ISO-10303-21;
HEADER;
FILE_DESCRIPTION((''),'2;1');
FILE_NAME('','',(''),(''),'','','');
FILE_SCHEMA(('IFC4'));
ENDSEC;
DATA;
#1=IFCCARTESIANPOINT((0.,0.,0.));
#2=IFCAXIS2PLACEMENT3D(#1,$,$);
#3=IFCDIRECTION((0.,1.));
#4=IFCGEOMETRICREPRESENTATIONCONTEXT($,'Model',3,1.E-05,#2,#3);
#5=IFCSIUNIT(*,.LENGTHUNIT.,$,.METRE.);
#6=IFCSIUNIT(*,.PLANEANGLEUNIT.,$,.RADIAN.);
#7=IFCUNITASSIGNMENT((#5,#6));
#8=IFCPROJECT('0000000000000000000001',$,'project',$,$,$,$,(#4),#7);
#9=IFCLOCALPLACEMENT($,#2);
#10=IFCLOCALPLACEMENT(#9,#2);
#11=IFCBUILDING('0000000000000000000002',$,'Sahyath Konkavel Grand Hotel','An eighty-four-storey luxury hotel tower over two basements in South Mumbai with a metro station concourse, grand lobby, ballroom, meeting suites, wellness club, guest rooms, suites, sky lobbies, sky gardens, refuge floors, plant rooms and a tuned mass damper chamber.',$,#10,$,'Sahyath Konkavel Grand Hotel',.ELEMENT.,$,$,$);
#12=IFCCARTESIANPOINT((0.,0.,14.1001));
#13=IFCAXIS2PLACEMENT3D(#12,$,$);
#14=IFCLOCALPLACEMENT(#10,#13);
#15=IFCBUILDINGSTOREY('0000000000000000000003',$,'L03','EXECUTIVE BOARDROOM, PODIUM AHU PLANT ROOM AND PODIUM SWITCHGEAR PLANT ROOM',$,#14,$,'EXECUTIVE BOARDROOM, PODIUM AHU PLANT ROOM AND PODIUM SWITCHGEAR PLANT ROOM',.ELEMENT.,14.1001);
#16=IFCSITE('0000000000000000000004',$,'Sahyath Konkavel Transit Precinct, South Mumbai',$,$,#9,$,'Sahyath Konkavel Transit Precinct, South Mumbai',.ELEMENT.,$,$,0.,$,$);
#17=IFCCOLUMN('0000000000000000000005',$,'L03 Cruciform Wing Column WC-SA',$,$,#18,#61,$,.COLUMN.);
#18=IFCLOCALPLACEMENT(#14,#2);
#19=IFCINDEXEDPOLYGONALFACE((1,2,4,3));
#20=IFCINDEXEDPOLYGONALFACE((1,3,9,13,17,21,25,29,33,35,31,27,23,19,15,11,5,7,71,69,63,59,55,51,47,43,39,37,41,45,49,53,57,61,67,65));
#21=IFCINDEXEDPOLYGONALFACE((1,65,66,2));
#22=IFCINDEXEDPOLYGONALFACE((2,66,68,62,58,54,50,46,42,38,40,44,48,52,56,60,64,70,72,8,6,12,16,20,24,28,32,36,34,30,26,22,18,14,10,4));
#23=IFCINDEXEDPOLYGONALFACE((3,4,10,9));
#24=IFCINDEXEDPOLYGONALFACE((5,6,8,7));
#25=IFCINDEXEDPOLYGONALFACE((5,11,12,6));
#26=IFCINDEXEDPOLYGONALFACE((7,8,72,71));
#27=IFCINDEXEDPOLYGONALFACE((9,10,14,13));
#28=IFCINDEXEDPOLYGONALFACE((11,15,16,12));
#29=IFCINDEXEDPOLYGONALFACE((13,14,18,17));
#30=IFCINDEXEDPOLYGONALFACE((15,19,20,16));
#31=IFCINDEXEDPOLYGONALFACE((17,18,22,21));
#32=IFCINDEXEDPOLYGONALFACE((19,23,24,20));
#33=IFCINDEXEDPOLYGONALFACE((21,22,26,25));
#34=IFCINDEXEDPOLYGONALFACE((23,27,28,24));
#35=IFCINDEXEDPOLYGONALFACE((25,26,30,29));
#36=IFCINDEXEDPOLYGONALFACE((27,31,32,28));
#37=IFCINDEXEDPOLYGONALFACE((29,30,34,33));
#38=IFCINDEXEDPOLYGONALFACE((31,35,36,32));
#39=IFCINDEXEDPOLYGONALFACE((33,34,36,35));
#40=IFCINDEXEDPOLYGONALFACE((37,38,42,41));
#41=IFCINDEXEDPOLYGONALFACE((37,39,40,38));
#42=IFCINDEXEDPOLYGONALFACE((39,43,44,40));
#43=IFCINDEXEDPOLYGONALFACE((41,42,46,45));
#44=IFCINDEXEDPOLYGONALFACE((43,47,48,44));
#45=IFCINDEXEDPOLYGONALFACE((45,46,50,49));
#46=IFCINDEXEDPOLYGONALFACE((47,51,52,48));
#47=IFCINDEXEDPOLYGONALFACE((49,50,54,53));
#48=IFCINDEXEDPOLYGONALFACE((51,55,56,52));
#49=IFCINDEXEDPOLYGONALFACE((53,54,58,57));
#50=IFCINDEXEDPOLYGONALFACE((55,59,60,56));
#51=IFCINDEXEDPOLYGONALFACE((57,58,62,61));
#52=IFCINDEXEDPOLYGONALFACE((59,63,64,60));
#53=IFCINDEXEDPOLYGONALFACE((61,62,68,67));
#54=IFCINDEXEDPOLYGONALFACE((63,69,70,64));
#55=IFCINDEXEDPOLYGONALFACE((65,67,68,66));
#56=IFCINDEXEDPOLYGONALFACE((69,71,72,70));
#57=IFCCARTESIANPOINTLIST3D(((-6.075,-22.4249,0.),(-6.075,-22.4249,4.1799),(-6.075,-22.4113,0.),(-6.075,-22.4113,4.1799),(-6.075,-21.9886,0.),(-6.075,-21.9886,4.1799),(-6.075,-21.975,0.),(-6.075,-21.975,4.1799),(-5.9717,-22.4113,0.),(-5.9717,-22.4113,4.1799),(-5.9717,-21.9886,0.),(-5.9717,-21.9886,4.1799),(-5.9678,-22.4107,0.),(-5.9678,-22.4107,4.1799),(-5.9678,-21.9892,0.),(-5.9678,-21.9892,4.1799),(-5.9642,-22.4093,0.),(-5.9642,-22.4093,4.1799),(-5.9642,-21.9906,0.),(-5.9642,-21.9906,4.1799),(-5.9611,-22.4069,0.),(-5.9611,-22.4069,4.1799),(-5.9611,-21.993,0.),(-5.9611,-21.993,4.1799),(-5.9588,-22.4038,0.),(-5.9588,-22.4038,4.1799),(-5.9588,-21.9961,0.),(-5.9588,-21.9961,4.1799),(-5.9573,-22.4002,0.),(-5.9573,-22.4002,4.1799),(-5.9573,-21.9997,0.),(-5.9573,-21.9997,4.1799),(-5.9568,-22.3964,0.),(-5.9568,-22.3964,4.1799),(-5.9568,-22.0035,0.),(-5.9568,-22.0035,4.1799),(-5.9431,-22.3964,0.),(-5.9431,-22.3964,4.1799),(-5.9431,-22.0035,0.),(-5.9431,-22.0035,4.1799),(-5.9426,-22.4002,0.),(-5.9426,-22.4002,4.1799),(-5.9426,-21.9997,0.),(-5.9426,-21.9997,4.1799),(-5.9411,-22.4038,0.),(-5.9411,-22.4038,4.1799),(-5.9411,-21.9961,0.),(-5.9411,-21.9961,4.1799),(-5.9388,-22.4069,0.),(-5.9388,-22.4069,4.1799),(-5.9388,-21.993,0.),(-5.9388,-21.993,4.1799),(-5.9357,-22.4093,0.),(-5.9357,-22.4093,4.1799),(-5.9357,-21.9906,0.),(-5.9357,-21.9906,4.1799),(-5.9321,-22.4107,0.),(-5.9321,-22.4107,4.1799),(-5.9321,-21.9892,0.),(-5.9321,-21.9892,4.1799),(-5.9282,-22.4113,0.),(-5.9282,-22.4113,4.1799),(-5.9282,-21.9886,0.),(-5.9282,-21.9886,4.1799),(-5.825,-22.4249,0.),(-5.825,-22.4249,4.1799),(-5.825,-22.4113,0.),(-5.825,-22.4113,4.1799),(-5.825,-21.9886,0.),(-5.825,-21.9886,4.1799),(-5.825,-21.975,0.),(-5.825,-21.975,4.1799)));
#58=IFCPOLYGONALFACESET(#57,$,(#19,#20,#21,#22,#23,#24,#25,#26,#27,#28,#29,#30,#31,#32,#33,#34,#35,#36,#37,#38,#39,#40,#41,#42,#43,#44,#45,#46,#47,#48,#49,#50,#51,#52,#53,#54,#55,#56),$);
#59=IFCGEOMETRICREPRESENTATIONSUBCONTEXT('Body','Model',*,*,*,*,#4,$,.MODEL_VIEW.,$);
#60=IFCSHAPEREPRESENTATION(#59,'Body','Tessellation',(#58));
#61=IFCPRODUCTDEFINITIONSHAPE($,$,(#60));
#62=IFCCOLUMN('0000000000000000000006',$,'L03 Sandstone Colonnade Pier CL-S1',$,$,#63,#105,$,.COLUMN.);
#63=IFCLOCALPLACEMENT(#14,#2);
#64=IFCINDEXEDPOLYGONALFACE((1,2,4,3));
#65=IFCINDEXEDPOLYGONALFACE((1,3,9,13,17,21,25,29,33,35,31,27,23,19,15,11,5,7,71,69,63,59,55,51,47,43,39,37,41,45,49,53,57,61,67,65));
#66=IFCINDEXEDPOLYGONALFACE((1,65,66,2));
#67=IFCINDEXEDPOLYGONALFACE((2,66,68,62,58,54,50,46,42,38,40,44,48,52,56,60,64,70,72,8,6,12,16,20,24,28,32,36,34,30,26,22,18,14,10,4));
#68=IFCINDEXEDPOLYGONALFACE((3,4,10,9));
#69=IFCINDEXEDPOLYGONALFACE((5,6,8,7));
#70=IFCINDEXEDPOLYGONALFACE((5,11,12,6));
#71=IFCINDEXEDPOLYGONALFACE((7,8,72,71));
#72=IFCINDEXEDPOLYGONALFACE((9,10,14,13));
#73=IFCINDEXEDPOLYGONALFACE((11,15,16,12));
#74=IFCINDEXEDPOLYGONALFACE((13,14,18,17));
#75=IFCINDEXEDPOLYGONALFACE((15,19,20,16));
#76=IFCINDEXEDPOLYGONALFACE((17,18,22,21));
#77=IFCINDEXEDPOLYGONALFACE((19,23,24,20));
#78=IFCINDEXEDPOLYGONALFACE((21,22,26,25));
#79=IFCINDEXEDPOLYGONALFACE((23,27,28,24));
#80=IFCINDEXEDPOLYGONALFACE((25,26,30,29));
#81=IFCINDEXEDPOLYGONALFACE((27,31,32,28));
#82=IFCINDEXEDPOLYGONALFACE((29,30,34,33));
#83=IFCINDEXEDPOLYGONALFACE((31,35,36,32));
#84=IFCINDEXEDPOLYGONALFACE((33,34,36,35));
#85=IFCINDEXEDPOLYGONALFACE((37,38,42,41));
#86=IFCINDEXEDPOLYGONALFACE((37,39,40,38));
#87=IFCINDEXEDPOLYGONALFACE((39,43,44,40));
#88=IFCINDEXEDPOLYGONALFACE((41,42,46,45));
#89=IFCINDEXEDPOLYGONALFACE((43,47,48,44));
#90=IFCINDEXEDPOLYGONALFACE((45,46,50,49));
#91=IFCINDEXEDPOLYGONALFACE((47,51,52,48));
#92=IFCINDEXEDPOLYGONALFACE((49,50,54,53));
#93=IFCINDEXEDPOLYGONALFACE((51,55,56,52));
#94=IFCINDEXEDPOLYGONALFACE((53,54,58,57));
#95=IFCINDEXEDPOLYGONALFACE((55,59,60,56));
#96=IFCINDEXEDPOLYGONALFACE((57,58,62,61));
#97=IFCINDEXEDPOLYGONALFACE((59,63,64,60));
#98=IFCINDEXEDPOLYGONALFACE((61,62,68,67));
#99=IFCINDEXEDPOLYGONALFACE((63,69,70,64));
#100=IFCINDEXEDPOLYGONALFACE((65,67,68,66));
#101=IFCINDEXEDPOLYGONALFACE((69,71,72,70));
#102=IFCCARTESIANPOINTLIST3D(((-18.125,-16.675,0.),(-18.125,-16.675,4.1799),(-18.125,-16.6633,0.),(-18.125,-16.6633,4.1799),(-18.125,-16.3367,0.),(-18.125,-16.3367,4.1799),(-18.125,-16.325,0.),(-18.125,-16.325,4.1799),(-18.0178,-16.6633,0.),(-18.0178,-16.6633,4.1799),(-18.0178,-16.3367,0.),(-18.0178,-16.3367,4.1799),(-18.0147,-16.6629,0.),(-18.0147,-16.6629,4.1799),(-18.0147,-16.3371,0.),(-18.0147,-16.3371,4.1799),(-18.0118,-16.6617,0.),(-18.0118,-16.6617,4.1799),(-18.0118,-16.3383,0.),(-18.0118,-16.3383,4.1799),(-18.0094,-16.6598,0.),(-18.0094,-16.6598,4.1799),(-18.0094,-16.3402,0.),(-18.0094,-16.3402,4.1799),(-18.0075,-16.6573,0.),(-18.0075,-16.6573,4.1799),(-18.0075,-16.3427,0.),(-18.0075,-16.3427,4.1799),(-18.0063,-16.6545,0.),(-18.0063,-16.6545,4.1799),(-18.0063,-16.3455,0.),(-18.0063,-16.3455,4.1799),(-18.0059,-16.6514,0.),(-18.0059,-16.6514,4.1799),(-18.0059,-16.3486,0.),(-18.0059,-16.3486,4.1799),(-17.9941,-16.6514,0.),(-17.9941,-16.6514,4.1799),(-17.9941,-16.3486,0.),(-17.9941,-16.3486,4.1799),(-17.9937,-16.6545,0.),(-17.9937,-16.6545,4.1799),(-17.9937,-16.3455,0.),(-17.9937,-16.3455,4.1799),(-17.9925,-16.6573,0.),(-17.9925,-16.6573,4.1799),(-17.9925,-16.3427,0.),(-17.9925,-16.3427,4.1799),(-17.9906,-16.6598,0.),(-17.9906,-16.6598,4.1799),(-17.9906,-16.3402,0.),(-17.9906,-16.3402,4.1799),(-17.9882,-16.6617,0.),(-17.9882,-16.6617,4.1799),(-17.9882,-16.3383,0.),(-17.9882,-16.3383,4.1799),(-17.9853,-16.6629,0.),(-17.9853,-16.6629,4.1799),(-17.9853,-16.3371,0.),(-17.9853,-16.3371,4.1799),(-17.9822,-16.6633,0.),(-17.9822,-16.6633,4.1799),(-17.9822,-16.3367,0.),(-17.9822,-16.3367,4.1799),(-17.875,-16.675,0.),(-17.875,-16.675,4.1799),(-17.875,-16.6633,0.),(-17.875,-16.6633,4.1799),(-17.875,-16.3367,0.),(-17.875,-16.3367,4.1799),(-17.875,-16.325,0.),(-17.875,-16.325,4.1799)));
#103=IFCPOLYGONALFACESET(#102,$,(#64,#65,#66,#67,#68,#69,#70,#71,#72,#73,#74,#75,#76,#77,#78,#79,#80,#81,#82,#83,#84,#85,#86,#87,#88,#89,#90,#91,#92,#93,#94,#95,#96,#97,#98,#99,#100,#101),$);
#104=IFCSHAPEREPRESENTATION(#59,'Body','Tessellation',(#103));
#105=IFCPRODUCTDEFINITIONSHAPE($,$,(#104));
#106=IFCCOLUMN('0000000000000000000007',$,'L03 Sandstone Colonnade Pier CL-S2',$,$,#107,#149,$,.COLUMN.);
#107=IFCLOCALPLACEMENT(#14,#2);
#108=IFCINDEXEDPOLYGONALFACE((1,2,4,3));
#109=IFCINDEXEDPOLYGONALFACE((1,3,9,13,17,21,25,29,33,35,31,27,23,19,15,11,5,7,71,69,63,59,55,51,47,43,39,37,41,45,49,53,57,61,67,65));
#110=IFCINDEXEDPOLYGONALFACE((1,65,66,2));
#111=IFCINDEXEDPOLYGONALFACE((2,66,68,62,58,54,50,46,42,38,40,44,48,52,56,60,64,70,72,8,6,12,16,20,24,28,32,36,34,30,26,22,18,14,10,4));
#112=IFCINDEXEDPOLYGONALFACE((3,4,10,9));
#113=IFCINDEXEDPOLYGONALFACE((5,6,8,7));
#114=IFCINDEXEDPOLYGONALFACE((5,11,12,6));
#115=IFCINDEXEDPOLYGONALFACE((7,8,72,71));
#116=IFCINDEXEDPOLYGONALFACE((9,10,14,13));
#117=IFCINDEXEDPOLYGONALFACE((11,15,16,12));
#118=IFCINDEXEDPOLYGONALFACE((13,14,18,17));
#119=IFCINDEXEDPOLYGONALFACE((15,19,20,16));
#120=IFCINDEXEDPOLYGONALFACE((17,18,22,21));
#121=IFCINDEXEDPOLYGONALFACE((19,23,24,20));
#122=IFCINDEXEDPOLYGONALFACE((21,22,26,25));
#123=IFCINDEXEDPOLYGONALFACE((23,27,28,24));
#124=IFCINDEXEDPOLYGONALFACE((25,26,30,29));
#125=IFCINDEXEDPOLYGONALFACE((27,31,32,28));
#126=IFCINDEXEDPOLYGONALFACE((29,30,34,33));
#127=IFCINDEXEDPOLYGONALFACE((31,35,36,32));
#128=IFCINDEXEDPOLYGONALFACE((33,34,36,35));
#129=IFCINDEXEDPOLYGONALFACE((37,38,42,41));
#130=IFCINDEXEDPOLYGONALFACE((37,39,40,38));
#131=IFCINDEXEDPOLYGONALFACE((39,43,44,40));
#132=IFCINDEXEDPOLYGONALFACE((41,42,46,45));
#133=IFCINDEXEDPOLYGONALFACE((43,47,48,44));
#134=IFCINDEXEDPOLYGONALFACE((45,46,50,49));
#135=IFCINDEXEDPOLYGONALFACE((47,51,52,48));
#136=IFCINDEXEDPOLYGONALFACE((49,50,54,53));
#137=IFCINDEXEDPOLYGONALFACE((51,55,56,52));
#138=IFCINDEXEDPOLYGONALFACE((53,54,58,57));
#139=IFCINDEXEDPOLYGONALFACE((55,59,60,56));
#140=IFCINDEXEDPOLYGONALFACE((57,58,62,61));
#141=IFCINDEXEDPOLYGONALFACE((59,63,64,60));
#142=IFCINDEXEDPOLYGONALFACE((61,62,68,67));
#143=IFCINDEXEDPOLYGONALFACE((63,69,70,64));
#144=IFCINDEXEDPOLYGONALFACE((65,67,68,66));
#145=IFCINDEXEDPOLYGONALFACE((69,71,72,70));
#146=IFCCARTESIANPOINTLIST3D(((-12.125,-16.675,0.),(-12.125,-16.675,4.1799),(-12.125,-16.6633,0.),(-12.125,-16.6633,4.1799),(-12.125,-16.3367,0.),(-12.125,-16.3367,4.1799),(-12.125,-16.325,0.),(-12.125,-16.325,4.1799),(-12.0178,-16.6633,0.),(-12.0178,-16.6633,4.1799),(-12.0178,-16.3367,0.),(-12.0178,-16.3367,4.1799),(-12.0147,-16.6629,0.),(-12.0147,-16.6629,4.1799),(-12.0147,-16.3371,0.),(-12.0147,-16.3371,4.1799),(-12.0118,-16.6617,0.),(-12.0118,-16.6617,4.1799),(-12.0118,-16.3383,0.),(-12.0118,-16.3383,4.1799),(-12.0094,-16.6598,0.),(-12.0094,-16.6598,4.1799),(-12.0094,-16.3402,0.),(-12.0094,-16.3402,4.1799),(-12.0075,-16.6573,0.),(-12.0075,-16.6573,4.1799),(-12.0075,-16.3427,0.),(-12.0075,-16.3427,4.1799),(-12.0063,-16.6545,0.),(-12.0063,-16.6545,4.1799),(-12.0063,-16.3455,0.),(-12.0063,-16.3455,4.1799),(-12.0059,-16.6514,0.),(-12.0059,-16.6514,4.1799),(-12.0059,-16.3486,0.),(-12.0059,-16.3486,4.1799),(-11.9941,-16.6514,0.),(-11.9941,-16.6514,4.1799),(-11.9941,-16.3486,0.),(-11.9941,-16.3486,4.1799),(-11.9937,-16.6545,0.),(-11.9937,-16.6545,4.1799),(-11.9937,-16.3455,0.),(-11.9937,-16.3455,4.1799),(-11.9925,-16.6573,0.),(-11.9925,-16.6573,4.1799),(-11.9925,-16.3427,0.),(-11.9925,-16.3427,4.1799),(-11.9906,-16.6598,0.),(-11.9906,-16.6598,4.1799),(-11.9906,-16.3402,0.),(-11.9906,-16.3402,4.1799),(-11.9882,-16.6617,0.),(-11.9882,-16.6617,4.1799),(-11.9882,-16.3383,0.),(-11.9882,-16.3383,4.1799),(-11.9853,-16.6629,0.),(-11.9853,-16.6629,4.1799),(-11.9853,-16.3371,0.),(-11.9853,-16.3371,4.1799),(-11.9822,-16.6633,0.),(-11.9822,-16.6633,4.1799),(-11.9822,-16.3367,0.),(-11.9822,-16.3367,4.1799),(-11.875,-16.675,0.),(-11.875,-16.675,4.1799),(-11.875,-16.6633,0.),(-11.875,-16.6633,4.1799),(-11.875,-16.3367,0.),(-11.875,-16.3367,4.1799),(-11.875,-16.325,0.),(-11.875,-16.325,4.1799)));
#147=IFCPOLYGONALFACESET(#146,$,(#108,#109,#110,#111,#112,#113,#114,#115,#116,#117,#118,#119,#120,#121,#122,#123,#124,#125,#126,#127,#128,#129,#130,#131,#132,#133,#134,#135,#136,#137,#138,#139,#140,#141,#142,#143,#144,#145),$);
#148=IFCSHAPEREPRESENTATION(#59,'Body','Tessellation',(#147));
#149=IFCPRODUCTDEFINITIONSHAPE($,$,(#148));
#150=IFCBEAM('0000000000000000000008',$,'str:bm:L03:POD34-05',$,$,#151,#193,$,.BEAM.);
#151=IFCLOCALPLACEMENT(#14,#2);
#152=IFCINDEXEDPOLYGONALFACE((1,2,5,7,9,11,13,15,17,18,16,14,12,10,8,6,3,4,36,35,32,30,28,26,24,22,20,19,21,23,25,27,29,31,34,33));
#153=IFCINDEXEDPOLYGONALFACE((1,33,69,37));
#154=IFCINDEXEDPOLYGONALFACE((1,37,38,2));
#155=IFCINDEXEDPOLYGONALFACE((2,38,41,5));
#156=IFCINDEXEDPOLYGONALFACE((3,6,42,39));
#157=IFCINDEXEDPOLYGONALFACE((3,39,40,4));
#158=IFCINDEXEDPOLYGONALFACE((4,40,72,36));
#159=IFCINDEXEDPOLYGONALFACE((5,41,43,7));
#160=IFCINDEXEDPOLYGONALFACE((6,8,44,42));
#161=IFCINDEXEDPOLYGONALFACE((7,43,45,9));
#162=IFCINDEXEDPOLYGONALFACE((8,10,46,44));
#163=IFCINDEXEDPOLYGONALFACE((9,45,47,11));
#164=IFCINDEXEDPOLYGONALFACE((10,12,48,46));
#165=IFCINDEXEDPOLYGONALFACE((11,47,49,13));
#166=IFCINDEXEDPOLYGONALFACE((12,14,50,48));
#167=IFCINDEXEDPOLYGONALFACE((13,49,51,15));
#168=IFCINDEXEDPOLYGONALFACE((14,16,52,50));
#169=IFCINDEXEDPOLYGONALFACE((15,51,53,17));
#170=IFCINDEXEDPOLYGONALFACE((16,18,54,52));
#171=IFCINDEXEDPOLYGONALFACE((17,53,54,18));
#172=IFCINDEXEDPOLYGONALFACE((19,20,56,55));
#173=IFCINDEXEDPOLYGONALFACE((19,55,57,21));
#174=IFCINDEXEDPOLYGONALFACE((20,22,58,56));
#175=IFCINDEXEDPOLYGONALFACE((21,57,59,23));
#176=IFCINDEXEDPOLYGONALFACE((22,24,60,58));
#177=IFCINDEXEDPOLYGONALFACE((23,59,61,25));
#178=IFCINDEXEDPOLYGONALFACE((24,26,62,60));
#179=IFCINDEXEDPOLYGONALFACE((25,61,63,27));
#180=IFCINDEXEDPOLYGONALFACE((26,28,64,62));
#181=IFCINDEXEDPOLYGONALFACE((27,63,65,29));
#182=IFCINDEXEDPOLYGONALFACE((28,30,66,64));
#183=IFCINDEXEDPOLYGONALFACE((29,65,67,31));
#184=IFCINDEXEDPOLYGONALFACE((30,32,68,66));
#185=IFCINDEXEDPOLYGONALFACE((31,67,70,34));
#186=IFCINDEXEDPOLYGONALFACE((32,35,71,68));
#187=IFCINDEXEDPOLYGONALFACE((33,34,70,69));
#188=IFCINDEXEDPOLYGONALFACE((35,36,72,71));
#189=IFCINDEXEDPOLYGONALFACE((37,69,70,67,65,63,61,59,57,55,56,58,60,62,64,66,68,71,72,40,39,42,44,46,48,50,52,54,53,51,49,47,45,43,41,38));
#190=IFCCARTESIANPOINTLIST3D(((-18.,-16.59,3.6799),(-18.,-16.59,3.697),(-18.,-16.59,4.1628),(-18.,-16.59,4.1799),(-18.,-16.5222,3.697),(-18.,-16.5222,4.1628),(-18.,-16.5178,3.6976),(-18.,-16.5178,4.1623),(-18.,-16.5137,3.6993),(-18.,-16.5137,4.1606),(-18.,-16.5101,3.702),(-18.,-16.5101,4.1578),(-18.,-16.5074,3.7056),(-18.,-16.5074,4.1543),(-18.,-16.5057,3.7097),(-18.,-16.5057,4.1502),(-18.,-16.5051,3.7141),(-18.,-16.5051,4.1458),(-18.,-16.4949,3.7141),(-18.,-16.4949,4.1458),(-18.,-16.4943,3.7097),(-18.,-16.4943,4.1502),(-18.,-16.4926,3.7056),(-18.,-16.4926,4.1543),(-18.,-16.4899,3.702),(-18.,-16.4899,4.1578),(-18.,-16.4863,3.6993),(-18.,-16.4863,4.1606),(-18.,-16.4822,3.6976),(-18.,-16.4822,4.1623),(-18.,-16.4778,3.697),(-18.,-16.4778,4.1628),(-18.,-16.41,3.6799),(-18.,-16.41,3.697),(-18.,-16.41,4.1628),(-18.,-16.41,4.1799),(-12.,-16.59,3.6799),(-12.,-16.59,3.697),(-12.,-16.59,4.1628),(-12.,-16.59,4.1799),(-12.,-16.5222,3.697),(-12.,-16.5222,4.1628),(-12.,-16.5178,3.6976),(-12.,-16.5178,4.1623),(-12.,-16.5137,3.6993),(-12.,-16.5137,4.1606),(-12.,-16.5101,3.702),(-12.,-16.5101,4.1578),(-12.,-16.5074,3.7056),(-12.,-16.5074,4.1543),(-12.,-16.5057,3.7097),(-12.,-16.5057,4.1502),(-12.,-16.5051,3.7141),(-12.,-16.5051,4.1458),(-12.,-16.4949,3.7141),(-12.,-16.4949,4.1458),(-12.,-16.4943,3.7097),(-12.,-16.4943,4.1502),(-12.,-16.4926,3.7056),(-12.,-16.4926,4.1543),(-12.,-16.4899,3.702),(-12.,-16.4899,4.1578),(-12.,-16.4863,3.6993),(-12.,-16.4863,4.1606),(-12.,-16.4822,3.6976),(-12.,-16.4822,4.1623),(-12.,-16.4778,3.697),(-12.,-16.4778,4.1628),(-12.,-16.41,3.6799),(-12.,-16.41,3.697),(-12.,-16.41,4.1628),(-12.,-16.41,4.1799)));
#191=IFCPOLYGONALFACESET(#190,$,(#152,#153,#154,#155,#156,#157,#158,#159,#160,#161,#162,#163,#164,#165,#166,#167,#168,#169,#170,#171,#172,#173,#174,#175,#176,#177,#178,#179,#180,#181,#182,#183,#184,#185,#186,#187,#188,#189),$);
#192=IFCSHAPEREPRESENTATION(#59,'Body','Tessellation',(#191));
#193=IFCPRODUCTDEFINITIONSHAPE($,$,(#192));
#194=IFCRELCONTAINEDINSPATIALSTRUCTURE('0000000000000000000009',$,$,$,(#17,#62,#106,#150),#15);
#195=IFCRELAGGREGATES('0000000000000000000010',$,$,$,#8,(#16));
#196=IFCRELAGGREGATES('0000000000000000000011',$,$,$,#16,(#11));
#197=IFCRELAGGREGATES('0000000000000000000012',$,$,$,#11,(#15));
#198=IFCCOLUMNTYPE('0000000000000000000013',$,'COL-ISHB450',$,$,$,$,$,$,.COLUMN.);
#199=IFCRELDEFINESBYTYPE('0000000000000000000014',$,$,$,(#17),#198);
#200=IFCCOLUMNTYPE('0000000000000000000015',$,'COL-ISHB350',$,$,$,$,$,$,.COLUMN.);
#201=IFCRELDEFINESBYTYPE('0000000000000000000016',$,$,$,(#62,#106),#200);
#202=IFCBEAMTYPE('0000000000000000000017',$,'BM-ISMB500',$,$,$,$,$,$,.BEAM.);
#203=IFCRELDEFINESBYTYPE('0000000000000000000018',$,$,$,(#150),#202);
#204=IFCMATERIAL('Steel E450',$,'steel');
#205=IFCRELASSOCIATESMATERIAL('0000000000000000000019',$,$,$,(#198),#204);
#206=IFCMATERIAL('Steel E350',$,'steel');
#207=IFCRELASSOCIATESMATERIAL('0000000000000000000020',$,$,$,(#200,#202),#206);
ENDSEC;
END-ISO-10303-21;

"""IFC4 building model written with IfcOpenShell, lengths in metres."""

from ifc_helpers import new_model, si_unit, direction, frame, origin, origin_2d, place, context, subcontext, project, spatial, i_section, extrude, source, transform, mapped, material, material_profile, profile_set, type_object, element, save


model = new_model("IFC4")

# Units and contexts
model_context = context("Model", 3, precision=1e-05, world=origin(), true_north=direction((0.0, 1.0)))
body_context = subcontext(model_context, "Body", "Model", "MODEL_VIEW")
ifc_project = project(units=[si_unit("LENGTHUNIT", "METRE"), si_unit("PLANEANGLEUNIT", "RADIAN")], contexts=[model_context])

# Site, building, storey
site_placement = place(None, origin())
site = spatial("IfcSite", under=ifc_project, at=site_placement, Name="Sahyath Konkavel Transit Precinct, South Mumbai", LongName="Sahyath Konkavel Transit Precinct, South Mumbai", CompositionType="ELEMENT", RefElevation=0.0)
building_placement = place(site_placement, origin())
building = spatial("IfcBuilding", under=site, at=building_placement, Name="Sahyath Konkavel Grand Hotel", Description="An eighty-four-storey luxury hotel tower over two basements in South Mumbai with a metro station concourse, grand lobby, ballroom, meeting suites, wellness club, guest rooms, suites, sky lobbies, sky gardens, refuge floors, plant rooms and a tuned mass damper chamber.", LongName="Sahyath Konkavel Grand Hotel", CompositionType="ELEMENT")
storey_placement = place(building_placement, frame((0.0, 0.0, 14.1001)))
storey = spatial("IfcBuildingStorey", under=building, at=storey_placement, Name="L03", Description="EXECUTIVE BOARDROOM, PODIUM AHU PLANT ROOM AND PODIUM SWITCHGEAR PLANT ROOM", LongName="EXECUTIVE BOARDROOM, PODIUM AHU PLANT ROOM AND PODIUM SWITCHGEAR PLANT ROOM", CompositionType="ELEMENT", Elevation=14.1001)

# Columns
ifc_material_1 = material(Name="Steel E450", Category="steel")
ifc_material_profile_1 = material_profile(ifc_material_1, i_section(OverallWidth=0.25, OverallDepth=0.45, WebThickness=0.0137, FlangeThickness=0.0137, FilletRadius=0.0149, at=origin_2d()), Name="ISHB 450")
ifc_profile_set_1 = profile_set([ifc_material_profile_1], Name="Steel E450")
column_type_1 = type_object("IfcColumnType", Name="COL-ISHB450", PredefinedType="COLUMN", material=ifc_profile_set_1)
shared_shape_1 = source(origin(), body_context, "Body", "SweptSolid", [
    extrude(i_section(OverallWidth=0.25, OverallDepth=0.45, WebThickness=0.0137, FlangeThickness=0.0137, FilletRadius=0.0149, at=origin_2d()), origin(), (0.0, 0.0, 1.0), 4.1799),
])
column_placement = place(storey_placement, frame((-5.95, -22.2, 0.0), z_axis=(0.0, 0.0, 1.0), x_axis=(1.0, 0.0, 0.0)))
element("IfcColumn", 1, at=column_placement, inside=storey, type_object=column_type_1, Name="L03 Cruciform Wing Column WC-SA", PredefinedType="COLUMN", context=body_context, shape_type="MappedRepresentation", body=[
    mapped(shared_shape_1, transform((0.0, 0.0, 0.0), scale=1.0)),
])
ifc_material_2 = material(Name="Steel E350", Category="steel")
ifc_material_profile_2 = material_profile(ifc_material_2, i_section(OverallWidth=0.25, OverallDepth=0.3501, WebThickness=0.0117, FlangeThickness=0.0117, FilletRadius=0.012, at=origin_2d()), Name="ISHB 350")
ifc_profile_set_2 = profile_set([ifc_material_profile_2], Name="Steel E350")
column_type_2 = type_object("IfcColumnType", Name="COL-ISHB350", PredefinedType="COLUMN", material=ifc_profile_set_2)
shared_shape_2 = source(origin(), body_context, "Body", "SweptSolid", [
    extrude(i_section(OverallWidth=0.25, OverallDepth=0.3501, WebThickness=0.0117, FlangeThickness=0.0117, FilletRadius=0.012, at=origin_2d()), origin(), (0.0, 0.0, 1.0), 4.1799),
])
for number, where, z_axis, x_axis, name in (
    (2, (-18.0, -16.5, 0.0), (0.0, 0.0, 1.0), (1.0, 0.0, 0.0), "L03 Sandstone Colonnade Pier CL-S1"),
    (3, (-12.0, -16.5, 0.0), (0.0, 0.0, 1.0), (1.0, 0.0, 0.0), "L03 Sandstone Colonnade Pier CL-S2"),
):
    element("IfcColumn", number, at=place(storey_placement, frame(where, z_axis=z_axis, x_axis=x_axis)), inside=storey, type_object=column_type_2, Name=name, PredefinedType="COLUMN", context=body_context, shape_type="MappedRepresentation", body=[
        mapped(shared_shape_2, transform((0.0, 0.0, 0.0), scale=1.0)),
    ])

# Beam
ifc_material_profile_3 = material_profile(ifc_material_2, i_section(OverallWidth=0.1799, OverallDepth=0.5, WebThickness=0.0103, FlangeThickness=0.0171, FilletRadius=0.0171, at=origin_2d()), Name="ISMB 500")
ifc_profile_set_3 = profile_set([ifc_material_profile_3], Name="Steel E350")
beam_type = type_object("IfcBeamType", Name="BM-ISMB500", PredefinedType="BEAM", material=ifc_profile_set_3)
shared_shape_3 = source(origin(), body_context, "Body", "SweptSolid", [
    extrude(i_section(OverallWidth=0.1799, OverallDepth=0.5, WebThickness=0.0103, FlangeThickness=0.0171, FilletRadius=0.0171, at=origin_2d()), origin(), (0.0, 0.0, 1.0), 6.0),
])
beam_1_placement = place(storey_placement, frame((-18.0, -16.5, 3.9299), z_axis=(1.0, 0.0, 0.0), x_axis=(0.0, 1.0, 0.0)))
element("IfcBeam", 4, at=beam_1_placement, inside=storey, type_object=beam_type, Name="str:bm:L03:POD34-05", PredefinedType="BEAM", context=body_context, shape_type="MappedRepresentation", body=[
    mapped(shared_shape_3, transform((0.0, 0.0, 0.0), scale=1.0)),
])

save(model, "model.ifc")
